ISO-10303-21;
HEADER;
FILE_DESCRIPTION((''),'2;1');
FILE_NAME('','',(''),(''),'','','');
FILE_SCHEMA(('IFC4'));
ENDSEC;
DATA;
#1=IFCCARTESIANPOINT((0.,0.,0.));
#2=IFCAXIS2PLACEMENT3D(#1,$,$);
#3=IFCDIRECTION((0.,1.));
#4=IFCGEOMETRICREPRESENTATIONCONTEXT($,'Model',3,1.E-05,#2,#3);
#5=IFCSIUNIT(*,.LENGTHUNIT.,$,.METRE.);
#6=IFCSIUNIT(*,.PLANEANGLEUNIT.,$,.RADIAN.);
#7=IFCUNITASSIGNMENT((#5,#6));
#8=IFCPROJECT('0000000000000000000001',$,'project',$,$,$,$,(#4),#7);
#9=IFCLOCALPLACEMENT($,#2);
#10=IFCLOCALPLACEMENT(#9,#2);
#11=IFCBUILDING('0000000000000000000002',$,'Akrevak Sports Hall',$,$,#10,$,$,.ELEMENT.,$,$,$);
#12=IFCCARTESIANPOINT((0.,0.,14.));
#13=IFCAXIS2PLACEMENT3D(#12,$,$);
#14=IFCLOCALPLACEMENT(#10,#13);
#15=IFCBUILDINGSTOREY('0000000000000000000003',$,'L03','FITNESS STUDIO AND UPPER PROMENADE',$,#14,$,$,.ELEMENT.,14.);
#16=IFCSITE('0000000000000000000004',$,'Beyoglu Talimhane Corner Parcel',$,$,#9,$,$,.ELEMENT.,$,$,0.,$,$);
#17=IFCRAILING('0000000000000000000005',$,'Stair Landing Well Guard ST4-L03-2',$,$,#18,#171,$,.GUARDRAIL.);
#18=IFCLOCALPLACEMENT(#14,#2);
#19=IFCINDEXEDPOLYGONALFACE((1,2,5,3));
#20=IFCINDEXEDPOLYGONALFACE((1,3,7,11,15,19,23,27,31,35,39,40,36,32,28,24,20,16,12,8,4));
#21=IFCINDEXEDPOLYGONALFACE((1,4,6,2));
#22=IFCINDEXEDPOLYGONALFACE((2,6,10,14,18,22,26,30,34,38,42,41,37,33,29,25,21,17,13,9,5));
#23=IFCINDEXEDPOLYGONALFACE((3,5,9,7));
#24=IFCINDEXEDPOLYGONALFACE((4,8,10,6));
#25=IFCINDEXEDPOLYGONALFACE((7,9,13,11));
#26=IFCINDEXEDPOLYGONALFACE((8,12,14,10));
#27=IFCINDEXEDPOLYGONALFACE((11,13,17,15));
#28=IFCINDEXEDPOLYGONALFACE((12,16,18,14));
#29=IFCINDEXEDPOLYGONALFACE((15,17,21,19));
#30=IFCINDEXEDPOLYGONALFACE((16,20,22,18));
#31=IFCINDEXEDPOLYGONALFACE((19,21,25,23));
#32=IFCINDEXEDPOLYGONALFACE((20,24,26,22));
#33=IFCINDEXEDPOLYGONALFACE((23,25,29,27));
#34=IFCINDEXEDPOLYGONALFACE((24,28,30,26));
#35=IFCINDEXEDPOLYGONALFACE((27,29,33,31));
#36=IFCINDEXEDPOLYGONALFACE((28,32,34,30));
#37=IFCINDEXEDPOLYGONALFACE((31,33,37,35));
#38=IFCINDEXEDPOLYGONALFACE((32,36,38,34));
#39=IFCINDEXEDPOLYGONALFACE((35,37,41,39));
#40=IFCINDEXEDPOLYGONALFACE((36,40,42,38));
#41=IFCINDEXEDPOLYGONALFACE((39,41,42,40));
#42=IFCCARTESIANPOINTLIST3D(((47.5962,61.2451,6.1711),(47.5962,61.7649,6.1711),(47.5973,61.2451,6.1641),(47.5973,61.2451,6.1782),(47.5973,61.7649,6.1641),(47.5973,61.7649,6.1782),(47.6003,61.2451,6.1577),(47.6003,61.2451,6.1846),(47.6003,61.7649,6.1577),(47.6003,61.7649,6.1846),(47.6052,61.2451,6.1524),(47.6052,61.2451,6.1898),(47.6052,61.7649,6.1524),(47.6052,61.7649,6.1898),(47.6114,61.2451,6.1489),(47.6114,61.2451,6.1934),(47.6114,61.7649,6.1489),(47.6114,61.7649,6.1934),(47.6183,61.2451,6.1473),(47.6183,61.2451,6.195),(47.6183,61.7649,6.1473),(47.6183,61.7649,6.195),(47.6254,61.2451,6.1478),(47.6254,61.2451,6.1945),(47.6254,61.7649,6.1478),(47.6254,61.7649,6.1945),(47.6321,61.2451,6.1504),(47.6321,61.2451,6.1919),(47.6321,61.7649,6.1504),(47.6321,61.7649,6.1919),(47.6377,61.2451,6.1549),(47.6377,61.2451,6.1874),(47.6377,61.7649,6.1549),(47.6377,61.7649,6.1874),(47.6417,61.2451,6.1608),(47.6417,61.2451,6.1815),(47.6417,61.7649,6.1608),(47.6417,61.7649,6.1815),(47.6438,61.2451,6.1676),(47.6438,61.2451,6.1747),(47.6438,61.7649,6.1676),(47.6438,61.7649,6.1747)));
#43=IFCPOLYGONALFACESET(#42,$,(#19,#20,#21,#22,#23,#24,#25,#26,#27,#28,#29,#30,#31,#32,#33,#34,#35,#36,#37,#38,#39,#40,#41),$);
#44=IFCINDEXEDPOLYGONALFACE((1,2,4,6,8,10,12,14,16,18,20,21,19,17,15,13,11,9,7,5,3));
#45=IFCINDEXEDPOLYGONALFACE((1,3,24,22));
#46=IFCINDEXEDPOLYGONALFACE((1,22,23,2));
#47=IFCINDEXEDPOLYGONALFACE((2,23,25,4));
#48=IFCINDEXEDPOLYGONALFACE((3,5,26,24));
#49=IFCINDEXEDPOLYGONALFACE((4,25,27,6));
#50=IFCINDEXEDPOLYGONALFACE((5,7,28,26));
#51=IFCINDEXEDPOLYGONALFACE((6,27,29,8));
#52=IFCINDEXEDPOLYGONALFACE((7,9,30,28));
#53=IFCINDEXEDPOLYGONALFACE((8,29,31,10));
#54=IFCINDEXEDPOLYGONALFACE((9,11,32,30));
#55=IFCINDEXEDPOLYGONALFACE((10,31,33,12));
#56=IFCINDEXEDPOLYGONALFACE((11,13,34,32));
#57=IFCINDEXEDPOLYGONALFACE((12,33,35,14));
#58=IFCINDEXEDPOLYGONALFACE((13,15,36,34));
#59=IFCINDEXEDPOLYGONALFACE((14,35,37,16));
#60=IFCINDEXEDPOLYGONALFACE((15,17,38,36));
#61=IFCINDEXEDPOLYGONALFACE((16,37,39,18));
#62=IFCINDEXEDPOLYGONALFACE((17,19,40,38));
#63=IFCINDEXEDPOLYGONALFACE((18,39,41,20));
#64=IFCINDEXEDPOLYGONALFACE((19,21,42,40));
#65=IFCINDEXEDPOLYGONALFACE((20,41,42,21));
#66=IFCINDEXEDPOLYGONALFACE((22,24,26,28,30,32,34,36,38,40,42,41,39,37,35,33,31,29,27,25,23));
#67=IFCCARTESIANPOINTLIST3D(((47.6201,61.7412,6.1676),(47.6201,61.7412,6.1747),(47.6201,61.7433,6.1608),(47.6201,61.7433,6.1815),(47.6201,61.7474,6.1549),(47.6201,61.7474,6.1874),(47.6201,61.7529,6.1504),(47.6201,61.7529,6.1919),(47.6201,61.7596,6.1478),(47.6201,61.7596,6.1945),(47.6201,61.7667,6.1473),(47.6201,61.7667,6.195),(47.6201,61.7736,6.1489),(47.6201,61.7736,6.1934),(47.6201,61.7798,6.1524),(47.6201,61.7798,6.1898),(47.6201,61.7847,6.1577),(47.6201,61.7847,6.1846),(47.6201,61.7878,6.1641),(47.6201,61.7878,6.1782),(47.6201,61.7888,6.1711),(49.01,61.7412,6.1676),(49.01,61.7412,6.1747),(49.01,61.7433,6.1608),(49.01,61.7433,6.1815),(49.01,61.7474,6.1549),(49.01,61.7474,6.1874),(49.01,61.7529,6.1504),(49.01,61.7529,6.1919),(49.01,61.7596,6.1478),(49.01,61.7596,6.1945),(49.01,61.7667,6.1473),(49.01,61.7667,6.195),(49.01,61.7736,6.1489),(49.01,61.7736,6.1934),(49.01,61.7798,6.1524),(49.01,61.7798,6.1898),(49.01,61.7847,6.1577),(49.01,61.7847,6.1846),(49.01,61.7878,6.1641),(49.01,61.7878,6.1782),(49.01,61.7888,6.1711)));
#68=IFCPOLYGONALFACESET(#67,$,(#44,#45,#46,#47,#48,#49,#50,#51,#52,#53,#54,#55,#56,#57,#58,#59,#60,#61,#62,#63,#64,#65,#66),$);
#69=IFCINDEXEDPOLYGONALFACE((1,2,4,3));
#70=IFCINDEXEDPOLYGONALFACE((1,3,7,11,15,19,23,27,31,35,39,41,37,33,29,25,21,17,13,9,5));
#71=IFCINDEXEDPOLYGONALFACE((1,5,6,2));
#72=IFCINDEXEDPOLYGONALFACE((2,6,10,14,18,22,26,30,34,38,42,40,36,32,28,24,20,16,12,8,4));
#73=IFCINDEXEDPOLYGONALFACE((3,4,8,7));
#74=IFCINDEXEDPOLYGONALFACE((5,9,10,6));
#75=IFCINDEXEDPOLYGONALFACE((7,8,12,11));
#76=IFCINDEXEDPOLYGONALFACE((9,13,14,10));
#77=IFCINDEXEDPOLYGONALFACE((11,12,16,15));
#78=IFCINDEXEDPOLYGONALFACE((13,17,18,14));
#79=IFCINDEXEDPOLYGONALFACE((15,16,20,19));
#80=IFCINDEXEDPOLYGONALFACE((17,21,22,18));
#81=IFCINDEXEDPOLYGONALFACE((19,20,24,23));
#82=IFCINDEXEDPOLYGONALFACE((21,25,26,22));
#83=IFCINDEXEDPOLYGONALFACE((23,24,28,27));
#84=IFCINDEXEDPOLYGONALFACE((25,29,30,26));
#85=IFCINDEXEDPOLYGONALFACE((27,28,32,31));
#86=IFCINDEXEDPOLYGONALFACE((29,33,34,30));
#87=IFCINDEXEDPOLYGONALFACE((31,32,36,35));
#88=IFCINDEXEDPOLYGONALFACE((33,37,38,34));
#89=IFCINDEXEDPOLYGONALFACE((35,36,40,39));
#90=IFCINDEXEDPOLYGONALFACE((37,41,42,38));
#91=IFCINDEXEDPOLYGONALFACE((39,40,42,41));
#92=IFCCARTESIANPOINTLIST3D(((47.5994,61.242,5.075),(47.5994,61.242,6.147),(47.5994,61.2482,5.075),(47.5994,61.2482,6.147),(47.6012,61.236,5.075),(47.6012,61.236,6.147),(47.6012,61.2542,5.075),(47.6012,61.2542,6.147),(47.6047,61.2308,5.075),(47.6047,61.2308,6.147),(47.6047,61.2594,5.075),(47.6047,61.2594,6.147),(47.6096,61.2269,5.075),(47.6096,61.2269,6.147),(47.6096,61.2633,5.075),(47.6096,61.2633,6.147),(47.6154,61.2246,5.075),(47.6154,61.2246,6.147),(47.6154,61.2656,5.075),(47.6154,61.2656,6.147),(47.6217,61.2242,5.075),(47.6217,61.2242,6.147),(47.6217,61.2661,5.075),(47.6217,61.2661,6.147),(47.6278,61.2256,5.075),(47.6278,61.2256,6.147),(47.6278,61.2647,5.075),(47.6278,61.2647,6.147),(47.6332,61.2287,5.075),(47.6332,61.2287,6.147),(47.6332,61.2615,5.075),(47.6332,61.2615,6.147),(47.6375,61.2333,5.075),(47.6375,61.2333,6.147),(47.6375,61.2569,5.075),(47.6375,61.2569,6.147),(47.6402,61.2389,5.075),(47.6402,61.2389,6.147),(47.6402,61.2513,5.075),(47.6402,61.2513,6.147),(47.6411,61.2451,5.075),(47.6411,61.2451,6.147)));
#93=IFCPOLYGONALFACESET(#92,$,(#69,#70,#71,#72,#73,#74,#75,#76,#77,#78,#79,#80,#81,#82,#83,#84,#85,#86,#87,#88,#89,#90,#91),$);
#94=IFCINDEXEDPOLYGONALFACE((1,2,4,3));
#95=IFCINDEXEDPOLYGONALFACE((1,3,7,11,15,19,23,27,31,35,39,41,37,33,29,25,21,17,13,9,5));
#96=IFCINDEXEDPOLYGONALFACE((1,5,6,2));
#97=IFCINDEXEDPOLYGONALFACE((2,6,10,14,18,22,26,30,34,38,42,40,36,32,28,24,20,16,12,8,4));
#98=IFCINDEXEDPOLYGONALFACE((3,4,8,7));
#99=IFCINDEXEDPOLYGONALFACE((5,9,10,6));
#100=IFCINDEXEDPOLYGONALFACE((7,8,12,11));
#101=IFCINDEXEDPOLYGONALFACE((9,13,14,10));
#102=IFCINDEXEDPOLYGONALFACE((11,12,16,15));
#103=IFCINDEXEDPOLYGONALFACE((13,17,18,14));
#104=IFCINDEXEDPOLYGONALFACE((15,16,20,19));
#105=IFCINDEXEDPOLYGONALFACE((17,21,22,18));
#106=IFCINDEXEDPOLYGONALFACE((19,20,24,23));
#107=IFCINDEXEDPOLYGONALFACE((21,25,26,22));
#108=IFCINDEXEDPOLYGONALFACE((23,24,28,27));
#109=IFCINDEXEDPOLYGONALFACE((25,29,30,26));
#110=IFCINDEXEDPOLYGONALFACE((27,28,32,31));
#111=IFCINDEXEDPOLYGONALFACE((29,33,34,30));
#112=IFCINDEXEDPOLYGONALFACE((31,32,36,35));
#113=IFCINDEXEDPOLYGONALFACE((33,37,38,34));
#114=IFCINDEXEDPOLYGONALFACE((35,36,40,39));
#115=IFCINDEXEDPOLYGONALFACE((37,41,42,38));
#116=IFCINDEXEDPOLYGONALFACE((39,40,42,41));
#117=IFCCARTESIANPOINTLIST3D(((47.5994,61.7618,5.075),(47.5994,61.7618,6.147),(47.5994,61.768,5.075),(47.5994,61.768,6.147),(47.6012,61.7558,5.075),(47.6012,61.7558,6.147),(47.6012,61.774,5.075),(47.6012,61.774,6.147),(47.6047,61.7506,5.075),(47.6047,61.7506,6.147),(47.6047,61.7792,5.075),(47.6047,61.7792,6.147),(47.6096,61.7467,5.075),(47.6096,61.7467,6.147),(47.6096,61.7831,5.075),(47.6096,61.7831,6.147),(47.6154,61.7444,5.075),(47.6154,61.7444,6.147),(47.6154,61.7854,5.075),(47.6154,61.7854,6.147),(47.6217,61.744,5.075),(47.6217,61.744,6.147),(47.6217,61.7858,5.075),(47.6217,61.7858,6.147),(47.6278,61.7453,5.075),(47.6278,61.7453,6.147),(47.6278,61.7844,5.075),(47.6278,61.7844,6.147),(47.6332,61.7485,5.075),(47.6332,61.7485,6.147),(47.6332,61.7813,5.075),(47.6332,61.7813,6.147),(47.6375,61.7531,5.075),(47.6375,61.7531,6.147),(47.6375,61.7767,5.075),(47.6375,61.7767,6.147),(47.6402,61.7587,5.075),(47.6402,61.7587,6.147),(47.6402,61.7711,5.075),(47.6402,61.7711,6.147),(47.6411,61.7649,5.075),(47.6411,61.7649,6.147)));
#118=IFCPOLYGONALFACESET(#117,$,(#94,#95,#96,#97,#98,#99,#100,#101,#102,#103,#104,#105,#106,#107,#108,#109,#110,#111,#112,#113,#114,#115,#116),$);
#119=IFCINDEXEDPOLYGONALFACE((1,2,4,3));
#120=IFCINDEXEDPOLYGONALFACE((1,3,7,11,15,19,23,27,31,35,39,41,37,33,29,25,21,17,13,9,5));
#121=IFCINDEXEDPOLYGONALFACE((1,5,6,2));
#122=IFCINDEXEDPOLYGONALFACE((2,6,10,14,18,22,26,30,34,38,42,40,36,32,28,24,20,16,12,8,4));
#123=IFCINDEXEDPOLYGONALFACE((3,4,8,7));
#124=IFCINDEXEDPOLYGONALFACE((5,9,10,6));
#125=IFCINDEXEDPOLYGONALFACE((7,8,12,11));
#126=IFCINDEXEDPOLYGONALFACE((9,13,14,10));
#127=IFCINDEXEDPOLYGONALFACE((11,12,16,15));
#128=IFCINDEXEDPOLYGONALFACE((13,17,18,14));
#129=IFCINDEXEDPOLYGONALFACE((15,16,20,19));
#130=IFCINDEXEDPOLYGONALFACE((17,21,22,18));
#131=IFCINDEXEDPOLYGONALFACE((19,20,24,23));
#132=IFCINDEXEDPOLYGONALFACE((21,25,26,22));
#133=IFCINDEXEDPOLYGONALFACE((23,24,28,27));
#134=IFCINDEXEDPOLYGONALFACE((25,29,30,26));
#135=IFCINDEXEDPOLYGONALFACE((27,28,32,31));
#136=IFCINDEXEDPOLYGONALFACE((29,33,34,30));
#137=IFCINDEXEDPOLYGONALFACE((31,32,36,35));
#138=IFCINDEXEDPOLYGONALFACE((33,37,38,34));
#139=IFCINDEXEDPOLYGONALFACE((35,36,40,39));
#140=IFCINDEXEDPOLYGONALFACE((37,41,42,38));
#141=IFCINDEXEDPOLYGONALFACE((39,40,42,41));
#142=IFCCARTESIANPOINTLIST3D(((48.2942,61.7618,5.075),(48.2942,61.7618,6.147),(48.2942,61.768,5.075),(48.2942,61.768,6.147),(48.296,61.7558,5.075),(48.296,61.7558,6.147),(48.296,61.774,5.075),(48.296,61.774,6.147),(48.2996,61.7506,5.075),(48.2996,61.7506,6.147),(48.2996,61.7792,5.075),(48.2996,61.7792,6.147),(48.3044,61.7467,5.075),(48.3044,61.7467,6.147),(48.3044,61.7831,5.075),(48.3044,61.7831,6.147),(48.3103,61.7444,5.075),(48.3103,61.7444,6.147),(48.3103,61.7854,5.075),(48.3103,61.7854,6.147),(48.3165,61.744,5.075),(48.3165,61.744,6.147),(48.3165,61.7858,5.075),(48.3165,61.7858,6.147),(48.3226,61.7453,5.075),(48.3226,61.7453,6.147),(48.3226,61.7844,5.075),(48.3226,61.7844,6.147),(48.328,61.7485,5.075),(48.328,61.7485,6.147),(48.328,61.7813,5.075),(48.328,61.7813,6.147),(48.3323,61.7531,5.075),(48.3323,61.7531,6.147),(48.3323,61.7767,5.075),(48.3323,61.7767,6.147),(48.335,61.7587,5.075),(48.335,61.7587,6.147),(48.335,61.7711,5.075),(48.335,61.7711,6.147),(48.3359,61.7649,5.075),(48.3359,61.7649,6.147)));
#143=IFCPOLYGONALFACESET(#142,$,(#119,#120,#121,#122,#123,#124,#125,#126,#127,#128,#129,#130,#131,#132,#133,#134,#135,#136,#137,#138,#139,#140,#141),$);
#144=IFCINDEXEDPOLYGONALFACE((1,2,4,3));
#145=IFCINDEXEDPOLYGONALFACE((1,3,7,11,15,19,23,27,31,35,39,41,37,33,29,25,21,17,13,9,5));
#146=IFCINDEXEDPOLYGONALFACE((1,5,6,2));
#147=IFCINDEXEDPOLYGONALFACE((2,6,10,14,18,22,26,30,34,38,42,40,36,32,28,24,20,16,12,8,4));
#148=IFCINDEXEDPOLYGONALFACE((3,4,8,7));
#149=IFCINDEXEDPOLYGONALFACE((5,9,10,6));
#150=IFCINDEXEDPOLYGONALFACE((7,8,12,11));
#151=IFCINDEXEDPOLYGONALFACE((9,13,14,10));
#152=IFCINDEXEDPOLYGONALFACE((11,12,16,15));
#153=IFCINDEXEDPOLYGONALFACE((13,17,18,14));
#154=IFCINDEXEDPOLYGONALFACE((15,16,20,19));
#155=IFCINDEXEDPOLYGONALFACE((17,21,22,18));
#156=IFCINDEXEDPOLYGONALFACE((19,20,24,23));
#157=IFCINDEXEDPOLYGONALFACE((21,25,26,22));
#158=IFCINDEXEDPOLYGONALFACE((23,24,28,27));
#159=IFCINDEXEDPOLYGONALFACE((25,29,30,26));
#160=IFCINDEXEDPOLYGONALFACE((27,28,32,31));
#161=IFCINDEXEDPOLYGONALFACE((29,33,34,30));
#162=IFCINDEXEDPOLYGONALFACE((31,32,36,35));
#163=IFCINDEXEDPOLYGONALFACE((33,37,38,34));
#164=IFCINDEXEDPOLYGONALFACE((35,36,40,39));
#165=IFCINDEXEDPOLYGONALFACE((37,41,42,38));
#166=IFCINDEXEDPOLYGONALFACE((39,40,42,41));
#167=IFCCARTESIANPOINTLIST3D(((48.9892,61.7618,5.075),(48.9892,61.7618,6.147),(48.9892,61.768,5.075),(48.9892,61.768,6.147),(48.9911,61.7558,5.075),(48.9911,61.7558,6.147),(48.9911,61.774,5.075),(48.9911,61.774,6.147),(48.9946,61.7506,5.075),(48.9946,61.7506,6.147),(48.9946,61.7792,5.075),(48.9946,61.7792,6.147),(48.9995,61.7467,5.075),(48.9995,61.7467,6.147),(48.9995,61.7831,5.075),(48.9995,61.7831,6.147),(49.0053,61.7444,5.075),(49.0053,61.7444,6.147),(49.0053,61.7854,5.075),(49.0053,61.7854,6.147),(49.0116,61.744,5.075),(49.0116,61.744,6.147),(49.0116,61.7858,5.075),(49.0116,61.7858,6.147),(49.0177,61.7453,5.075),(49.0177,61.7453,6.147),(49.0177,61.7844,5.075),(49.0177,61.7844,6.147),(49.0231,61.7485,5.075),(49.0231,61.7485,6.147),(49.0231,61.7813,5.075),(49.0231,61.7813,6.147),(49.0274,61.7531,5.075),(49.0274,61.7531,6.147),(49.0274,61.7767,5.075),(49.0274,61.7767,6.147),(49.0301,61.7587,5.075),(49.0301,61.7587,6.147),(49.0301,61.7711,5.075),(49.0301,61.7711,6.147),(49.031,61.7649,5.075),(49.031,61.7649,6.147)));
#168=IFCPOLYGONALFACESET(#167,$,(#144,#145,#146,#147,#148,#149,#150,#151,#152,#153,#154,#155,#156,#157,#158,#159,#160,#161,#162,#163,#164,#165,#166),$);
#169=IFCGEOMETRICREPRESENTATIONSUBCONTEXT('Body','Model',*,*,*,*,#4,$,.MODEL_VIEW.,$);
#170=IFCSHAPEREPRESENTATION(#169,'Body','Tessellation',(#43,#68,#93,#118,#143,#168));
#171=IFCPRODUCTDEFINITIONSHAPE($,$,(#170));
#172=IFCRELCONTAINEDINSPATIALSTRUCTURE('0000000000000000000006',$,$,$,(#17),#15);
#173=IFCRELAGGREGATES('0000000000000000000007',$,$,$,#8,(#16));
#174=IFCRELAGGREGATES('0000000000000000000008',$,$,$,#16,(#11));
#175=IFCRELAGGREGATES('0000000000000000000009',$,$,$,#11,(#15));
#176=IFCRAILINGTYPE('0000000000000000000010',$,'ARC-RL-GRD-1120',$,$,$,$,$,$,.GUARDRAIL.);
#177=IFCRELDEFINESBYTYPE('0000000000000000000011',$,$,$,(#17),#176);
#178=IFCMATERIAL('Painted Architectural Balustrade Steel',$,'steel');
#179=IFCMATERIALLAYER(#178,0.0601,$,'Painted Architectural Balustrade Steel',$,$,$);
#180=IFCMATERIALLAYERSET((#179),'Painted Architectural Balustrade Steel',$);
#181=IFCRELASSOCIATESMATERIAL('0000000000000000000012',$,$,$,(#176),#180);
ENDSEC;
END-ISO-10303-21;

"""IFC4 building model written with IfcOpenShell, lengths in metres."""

from ifc_helpers import new_model, si_unit, direction, frame, origin, origin_2d, place, context, subcontext, project, spatial, circle, extrude, material, layer, layer_set, type_object, element, save


model = new_model("IFC4")

# Units and contexts
model_context = context("Model", 3, precision=1e-05, world=origin(), true_north=direction((0.0, 1.0)))
body_context = subcontext(model_context, "Body", "Model", "MODEL_VIEW")
ifc_project = project(units=[si_unit("LENGTHUNIT", "METRE"), si_unit("PLANEANGLEUNIT", "RADIAN")], contexts=[model_context])

# Site, building, storey
site_placement = place(None, origin())
site = spatial("IfcSite", under=ifc_project, at=site_placement, Name="Beyoglu Talimhane Corner Parcel", CompositionType="ELEMENT", RefElevation=0.0)
building_placement = place(site_placement, origin())
building = spatial("IfcBuilding", under=site, at=building_placement, Name="Akrevak Sports Hall", CompositionType="ELEMENT")
storey_placement = place(building_placement, frame((0.0, 0.0, 14.0)))
storey = spatial("IfcBuildingStorey", under=building, at=storey_placement, Name="L03", Description="FITNESS STUDIO AND UPPER PROMENADE", CompositionType="ELEMENT", Elevation=14.0)

# Railing
ifc_material_1 = material(Name="Painted Architectural Balustrade Steel", Category="steel")
ifc_layer_1 = layer(ifc_material_1, 0.0601, Name="Painted Architectural Balustrade Steel")
ifc_layer_set_1 = layer_set([ifc_layer_1], Name="Painted Architectural Balustrade Steel")
railing_type_1 = type_object("IfcRailingType", Name="ARC-RL-GRD-1120", PredefinedType="GUARDRAIL", material=ifc_layer_set_1)
railing_1_placement = place(storey_placement, frame((47.6201, 61.2451, 5.075)))
element("IfcRailing", 1, at=railing_1_placement, inside=storey, type_object=railing_type_1, Name="Stair Landing Well Guard ST4-L03-2", PredefinedType="GUARDRAIL", context=body_context, shape_type="SweptSolid", body=[
    extrude(circle(Radius=0.0239, at=origin_2d()), frame((0.0, 0.0, 1.0962), z_axis=(0.0, 1.0, 0.0), x_axis=(-1.0, 0.0, 0.0)), (0.0, 0.0, 1.0), 0.5198),
    extrude(circle(Radius=0.0239, at=origin_2d()), frame((0.0, 0.5198, 1.0962), z_axis=(1.0, 0.0, 0.0), x_axis=(0.0, 1.0, 0.0)), (0.0, 0.0, 1.0), 1.3899),
    extrude(circle(Radius=0.021, at=origin_2d()), origin(), (0.0, 0.0, 1.0), 1.072),
    extrude(circle(Radius=0.021, at=origin_2d()), frame((0.0, 0.5198, 0.0)), (0.0, 0.0, 1.0), 1.072),
    extrude(circle(Radius=0.021, at=origin_2d()), frame((0.6948, 0.5198, 0.0)), (0.0, 0.0, 1.0), 1.072),
    extrude(circle(Radius=0.021, at=origin_2d()), frame((1.3899, 0.5198, 0.0)), (0.0, 0.0, 1.0), 1.072),
])

save(model, "model.ifc")
